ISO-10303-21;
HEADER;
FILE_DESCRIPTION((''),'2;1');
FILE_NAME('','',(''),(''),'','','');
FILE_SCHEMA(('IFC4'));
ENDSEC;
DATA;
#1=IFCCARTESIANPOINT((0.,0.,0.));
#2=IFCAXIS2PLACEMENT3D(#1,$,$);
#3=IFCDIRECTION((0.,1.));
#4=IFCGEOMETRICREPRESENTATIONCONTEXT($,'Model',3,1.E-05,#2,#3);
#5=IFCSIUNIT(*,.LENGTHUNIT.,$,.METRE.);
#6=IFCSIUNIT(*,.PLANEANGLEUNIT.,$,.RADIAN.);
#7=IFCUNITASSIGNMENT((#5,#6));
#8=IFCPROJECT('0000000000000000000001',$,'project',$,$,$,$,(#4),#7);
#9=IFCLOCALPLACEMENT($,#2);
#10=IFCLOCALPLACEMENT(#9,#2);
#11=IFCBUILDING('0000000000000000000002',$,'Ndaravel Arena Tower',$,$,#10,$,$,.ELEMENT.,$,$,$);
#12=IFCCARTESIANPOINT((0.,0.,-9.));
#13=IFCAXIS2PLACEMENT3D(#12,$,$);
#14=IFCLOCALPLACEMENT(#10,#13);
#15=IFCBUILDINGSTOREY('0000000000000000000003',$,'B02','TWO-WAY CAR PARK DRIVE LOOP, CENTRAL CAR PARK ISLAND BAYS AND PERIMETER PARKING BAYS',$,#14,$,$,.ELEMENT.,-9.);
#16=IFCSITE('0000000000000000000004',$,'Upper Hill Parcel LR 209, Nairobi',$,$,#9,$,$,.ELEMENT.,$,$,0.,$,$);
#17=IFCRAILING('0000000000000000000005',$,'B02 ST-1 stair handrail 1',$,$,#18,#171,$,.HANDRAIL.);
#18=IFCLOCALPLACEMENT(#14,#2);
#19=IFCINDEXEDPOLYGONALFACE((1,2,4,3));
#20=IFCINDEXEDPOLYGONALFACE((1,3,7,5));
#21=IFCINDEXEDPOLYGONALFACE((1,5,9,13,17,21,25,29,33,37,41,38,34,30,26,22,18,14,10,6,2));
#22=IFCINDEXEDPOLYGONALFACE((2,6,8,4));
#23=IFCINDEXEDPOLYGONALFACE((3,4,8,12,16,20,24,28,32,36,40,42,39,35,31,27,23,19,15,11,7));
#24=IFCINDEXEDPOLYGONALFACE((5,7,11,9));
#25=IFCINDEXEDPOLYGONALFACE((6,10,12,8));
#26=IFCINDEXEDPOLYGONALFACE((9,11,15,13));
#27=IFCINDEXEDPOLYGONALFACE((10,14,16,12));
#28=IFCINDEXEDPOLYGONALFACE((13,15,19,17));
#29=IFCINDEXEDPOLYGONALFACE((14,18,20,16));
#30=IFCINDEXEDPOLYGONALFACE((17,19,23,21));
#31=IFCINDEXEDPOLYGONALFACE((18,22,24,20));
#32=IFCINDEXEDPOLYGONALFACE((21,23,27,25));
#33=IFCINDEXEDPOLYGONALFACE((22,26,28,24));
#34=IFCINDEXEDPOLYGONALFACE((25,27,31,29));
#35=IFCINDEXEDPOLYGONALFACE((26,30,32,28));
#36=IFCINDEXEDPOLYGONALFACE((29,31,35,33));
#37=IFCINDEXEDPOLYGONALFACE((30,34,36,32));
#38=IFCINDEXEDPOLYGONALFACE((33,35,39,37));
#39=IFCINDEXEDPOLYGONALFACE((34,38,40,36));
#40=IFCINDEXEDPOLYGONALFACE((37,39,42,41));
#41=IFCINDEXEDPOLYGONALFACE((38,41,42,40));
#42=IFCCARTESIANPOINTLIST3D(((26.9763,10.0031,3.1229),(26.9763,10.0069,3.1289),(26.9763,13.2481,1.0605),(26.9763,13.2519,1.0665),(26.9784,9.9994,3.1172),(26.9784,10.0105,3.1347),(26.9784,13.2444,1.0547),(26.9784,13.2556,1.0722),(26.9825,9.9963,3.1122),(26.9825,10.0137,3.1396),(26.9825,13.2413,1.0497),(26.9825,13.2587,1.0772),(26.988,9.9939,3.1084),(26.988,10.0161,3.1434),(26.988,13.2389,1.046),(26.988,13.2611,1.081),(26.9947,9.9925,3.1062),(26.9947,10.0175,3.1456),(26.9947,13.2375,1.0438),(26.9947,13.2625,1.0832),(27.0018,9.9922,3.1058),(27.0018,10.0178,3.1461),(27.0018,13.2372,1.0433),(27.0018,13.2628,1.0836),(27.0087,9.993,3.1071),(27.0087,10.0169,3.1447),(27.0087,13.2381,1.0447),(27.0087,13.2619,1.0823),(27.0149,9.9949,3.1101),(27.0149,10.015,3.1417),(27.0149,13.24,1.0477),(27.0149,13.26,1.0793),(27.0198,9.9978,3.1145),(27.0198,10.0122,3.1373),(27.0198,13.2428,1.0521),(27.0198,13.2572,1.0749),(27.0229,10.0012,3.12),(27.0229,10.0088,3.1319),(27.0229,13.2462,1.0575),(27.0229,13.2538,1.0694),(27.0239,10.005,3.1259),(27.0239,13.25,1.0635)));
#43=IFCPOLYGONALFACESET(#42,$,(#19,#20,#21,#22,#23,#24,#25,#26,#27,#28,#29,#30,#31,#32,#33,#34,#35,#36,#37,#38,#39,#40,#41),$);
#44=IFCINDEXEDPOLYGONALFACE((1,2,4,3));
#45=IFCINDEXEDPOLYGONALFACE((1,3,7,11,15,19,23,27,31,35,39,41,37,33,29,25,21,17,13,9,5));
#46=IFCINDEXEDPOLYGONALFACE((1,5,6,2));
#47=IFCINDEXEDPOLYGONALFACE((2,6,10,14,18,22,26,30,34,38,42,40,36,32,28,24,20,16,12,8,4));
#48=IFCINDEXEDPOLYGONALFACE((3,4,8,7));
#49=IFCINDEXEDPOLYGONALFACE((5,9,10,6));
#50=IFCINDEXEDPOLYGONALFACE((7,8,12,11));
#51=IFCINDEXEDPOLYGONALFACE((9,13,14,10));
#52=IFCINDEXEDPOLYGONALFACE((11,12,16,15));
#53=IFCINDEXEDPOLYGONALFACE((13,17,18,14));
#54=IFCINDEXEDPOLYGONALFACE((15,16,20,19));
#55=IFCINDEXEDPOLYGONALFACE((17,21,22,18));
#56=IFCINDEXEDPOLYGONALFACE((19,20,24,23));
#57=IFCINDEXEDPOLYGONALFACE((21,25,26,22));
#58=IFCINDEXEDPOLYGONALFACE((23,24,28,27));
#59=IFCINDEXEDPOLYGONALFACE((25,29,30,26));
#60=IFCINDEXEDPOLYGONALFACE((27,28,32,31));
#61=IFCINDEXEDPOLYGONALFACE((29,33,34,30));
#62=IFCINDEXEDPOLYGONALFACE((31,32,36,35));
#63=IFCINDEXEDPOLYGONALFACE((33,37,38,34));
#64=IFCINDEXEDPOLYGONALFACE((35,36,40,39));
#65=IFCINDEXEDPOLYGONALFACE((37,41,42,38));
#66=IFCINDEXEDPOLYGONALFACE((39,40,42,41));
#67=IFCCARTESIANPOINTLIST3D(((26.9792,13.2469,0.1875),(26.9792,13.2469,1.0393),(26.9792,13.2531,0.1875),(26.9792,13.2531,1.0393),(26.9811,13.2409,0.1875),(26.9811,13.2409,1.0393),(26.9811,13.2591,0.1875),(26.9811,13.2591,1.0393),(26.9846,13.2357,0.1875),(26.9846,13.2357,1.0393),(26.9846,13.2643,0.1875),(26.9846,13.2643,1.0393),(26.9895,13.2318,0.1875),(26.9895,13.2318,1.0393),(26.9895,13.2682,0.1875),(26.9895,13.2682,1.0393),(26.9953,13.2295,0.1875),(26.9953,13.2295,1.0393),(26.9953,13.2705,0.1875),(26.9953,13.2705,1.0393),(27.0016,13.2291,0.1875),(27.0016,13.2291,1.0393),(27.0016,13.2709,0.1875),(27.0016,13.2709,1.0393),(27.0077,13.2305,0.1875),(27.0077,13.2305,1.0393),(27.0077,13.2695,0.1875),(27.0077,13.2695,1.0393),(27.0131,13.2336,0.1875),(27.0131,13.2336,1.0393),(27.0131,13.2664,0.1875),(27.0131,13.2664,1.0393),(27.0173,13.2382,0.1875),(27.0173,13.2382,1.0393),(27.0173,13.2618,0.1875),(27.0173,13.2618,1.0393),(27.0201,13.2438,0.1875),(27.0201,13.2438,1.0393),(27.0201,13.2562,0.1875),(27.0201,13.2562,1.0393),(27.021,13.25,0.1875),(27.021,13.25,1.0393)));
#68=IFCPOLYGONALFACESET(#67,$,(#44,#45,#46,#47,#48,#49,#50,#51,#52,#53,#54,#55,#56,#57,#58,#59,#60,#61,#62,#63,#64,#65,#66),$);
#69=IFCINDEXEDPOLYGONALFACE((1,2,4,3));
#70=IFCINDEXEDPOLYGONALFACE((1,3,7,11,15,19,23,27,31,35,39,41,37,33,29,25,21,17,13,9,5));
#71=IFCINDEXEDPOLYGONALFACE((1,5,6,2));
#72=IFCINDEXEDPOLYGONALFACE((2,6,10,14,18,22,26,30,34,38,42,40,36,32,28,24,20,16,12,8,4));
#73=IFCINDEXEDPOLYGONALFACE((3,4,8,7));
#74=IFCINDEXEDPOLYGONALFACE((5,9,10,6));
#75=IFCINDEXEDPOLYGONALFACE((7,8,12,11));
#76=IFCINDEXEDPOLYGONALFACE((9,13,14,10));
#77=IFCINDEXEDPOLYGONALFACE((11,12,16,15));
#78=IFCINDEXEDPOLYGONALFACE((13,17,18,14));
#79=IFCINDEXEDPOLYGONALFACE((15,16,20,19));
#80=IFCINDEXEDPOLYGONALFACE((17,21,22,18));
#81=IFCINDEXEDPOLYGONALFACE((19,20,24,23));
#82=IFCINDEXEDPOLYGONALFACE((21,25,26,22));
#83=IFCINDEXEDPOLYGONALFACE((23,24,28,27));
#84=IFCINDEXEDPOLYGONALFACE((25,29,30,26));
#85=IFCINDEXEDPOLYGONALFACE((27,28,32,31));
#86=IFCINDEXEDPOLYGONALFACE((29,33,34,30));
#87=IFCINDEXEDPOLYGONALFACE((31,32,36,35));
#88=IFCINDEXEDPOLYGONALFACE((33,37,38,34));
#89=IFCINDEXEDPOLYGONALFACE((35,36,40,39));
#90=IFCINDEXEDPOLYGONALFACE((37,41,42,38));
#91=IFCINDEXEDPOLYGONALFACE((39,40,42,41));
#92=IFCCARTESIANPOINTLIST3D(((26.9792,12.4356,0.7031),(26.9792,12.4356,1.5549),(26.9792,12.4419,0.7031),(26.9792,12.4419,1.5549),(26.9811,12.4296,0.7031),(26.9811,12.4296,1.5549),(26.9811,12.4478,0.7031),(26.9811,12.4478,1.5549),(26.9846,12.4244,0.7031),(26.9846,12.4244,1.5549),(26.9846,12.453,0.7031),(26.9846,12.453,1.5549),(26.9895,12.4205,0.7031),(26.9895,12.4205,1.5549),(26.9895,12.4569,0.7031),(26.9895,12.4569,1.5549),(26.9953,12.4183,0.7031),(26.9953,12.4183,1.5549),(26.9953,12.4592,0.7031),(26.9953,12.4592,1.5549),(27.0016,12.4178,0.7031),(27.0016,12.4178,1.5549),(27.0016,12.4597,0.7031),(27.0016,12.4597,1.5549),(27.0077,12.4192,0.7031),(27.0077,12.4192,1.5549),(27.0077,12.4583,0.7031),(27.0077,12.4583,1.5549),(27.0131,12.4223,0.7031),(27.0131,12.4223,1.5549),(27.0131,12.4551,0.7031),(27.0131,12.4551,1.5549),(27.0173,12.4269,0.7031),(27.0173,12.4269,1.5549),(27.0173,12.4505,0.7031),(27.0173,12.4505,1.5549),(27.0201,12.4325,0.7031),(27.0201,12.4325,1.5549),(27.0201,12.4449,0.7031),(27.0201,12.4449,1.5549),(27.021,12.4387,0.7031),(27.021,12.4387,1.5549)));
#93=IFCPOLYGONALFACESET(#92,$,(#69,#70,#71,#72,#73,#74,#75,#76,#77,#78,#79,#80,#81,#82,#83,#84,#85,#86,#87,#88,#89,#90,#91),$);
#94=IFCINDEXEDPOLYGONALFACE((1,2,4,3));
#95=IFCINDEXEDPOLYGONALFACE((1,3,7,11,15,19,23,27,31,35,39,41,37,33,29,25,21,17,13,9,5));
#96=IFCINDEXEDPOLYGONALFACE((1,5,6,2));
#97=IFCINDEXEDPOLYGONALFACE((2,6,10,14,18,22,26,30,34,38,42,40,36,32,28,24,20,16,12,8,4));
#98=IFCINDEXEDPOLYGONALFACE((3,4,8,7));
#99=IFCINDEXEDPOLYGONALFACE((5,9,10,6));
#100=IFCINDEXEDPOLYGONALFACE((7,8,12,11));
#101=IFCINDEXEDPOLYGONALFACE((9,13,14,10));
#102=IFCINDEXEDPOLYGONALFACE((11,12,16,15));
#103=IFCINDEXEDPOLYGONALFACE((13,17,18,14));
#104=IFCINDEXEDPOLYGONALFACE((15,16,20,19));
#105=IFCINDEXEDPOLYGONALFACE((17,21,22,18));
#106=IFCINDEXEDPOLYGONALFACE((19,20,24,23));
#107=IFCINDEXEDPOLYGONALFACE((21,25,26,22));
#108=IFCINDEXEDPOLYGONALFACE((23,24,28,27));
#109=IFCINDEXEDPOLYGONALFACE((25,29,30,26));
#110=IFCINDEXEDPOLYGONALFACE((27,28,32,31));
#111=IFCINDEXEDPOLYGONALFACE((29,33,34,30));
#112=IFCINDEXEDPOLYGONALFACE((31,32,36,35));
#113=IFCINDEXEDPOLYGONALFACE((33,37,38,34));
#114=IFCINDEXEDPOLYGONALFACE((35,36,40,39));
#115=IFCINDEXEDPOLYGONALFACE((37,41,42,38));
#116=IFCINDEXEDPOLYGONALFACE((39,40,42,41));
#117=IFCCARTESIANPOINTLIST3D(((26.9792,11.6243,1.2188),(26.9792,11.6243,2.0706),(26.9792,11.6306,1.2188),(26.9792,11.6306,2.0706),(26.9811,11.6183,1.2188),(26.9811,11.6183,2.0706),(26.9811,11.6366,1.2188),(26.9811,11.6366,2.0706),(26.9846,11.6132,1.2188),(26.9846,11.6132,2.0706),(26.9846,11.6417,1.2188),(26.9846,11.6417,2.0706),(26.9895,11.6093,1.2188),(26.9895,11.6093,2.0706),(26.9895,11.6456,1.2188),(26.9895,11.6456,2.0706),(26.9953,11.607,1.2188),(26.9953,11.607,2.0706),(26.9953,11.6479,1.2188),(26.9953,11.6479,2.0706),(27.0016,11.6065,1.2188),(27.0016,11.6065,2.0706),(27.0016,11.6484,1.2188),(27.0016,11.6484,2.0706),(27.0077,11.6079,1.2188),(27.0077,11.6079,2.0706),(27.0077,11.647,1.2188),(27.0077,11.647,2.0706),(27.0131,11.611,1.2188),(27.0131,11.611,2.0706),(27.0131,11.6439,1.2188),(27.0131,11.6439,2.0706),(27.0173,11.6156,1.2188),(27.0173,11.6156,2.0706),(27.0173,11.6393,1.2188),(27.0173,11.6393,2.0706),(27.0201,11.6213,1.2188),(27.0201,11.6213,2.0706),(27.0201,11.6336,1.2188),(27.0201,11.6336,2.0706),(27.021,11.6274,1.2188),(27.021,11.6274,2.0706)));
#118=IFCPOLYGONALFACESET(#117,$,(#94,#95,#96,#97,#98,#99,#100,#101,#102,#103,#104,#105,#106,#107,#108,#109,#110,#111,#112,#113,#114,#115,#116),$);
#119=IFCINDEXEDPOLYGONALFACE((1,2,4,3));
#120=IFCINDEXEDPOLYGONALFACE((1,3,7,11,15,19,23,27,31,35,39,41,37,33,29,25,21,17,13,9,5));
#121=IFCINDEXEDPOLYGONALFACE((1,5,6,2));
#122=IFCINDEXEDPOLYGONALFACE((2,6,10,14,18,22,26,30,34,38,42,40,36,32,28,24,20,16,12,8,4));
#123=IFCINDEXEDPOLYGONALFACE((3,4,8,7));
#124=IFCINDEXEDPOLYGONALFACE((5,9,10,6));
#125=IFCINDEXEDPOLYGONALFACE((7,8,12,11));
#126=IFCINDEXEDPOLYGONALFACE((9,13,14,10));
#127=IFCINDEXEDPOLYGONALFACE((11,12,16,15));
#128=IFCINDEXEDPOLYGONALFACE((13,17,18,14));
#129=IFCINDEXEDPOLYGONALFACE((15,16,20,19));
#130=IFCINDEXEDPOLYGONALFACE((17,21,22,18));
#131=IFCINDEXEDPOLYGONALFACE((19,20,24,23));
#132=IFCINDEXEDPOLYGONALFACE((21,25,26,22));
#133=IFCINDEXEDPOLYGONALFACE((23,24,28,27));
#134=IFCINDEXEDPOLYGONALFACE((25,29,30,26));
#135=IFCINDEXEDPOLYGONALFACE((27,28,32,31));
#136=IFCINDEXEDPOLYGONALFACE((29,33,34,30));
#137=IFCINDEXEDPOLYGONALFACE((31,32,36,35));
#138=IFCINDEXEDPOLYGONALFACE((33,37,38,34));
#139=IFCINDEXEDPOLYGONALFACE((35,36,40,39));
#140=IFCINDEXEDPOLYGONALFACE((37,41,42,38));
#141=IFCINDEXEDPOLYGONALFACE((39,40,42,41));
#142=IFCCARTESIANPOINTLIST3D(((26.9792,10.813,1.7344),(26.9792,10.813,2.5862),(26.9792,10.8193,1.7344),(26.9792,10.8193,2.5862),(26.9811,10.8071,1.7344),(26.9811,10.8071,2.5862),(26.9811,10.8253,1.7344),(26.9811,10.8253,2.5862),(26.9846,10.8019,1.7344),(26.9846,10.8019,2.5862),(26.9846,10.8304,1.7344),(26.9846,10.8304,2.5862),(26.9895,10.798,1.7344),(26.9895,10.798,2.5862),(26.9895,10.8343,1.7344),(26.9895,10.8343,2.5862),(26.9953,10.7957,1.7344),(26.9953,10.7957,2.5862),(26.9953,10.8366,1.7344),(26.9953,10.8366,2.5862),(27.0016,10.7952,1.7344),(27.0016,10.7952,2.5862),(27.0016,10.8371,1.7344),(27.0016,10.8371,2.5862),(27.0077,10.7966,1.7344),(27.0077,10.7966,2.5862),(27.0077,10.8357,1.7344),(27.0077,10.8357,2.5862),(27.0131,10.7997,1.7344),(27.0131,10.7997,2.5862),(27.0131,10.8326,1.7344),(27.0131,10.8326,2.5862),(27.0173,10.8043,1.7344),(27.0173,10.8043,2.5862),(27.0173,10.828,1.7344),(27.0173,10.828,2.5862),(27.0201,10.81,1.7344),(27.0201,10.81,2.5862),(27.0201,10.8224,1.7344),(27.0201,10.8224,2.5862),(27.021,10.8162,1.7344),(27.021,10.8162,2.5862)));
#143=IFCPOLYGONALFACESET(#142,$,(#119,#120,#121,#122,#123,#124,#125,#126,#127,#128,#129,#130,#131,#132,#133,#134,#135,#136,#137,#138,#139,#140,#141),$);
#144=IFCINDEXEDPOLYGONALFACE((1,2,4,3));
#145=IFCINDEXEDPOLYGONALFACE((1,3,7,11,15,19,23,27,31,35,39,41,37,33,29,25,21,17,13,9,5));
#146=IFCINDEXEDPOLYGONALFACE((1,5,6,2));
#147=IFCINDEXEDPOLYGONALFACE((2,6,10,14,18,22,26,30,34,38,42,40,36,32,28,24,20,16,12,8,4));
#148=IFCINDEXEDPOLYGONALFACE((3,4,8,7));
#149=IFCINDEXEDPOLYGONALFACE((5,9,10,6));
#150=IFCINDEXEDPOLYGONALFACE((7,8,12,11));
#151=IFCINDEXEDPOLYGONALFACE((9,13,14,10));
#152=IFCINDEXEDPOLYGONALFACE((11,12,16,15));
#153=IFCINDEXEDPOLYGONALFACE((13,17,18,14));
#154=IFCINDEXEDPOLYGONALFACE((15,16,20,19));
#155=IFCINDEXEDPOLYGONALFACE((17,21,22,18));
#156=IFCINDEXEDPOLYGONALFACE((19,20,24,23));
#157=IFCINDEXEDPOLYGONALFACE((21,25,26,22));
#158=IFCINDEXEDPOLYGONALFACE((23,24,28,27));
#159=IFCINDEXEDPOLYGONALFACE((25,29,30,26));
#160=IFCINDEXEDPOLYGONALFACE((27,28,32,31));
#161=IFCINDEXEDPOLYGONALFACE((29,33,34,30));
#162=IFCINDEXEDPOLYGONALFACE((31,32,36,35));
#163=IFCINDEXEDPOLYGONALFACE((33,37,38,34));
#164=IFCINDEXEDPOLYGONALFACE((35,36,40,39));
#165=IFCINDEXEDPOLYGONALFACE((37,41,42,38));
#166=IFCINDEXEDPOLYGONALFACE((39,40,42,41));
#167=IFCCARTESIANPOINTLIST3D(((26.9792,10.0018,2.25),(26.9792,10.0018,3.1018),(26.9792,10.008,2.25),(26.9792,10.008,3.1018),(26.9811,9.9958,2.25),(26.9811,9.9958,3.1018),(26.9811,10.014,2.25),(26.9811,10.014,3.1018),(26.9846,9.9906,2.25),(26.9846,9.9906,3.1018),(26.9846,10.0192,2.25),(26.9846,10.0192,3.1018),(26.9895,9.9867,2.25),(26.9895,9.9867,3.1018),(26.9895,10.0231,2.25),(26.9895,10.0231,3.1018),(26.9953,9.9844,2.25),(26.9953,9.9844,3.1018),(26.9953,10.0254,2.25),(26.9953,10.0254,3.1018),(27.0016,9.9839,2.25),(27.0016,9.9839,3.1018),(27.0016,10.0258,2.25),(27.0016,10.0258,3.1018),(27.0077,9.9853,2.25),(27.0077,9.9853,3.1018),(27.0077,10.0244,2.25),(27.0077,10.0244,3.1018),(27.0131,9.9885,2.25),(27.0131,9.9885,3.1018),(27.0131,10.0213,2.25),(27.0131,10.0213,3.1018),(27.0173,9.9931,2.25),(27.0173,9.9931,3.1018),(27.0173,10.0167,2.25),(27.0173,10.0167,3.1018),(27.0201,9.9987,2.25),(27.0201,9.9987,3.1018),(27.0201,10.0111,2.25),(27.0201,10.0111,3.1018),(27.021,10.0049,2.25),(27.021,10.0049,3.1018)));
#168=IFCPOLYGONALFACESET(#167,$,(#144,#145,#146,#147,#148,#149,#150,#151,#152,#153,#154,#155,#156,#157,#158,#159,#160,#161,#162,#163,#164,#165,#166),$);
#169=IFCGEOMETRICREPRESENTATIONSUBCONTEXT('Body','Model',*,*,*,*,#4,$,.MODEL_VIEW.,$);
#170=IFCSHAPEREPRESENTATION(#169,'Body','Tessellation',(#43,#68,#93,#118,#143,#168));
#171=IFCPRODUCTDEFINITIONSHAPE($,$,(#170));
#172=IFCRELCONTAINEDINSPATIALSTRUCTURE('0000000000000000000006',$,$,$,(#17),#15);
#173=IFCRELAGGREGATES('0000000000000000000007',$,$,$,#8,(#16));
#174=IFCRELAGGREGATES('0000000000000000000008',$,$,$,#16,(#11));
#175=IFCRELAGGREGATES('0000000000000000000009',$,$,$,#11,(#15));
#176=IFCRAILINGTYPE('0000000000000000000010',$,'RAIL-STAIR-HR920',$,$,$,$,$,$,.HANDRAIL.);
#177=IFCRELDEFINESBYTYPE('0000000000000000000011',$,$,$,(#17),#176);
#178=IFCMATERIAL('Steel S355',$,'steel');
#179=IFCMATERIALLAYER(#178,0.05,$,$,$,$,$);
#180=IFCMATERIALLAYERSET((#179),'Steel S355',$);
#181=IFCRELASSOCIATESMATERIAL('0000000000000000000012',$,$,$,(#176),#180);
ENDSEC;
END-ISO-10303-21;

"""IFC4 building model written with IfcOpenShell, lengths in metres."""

from ifc_helpers import new_model, si_unit, direction, frame, origin, origin_2d, place, context, subcontext, project, spatial, circle, extrude, material, layer, layer_set, type_object, element, save


model = new_model("IFC4")

# Units and contexts
model_context = context("Model", 3, precision=1e-05, world=origin(), true_north=direction((0.0, 1.0)))
body_context = subcontext(model_context, "Body", "Model", "MODEL_VIEW")
ifc_project = project(units=[si_unit("LENGTHUNIT", "METRE"), si_unit("PLANEANGLEUNIT", "RADIAN")], contexts=[model_context])

# Site, building, storey
site_placement = place(None, origin())
site = spatial("IfcSite", under=ifc_project, at=site_placement, Name="Upper Hill Parcel LR 209, Nairobi", CompositionType="ELEMENT", RefElevation=0.0)
building_placement = place(site_placement, origin())
building = spatial("IfcBuilding", under=site, at=building_placement, Name="Ndaravel Arena Tower", CompositionType="ELEMENT")
storey_placement = place(building_placement, frame((0.0, 0.0, -9.0)))
storey = spatial("IfcBuildingStorey", under=building, at=storey_placement, Name="B02", Description="TWO-WAY CAR PARK DRIVE LOOP, CENTRAL CAR PARK ISLAND BAYS AND PERIMETER PARKING BAYS", CompositionType="ELEMENT", Elevation=-9.0)

# Railing
ifc_material_1 = material(Name="Steel S355", Category="steel")
ifc_layer_1 = layer(ifc_material_1, 0.05)
ifc_layer_set_1 = layer_set([ifc_layer_1], Name="Steel S355")
railing_type_1 = type_object("IfcRailingType", Name="RAIL-STAIR-HR920", PredefinedType="HANDRAIL", material=ifc_layer_set_1)
railing_1_placement = place(storey_placement, frame((27.0, 13.25, 0.1875)))
element("IfcRailing", 1, at=railing_1_placement, inside=storey, type_object=railing_type_1, Name="B02 ST-1 stair handrail 1", PredefinedType="HANDRAIL", context=body_context, shape_type="SweptSolid", body=[
    extrude(circle(Radius=0.0239, at=origin_2d()), frame((0.0, 0.0, 0.876), z_axis=(0.0, -0.843965, 0.536399), x_axis=(1.0, 0.0, 0.0)), (0.0, 0.0, 1.0), 3.845),
    extrude(circle(Radius=0.021, at=origin_2d()), origin(), (0.0, 0.0, 1.0), 0.8518),
    extrude(circle(Radius=0.021, at=origin_2d()), frame((0.0, -0.8113, 0.5156)), (0.0, 0.0, 1.0), 0.8518),
    extrude(circle(Radius=0.021, at=origin_2d()), frame((0.0, -1.6226, 1.0312)), (0.0, 0.0, 1.0), 0.8518),
    extrude(circle(Radius=0.021, at=origin_2d()), frame((0.0, -2.4338, 1.5469)), (0.0, 0.0, 1.0), 0.8518),
    extrude(circle(Radius=0.021, at=origin_2d()), frame((0.0, -3.2451, 2.0625)), (0.0, 0.0, 1.0), 0.8518),
])

save(model, "model.ifc")
